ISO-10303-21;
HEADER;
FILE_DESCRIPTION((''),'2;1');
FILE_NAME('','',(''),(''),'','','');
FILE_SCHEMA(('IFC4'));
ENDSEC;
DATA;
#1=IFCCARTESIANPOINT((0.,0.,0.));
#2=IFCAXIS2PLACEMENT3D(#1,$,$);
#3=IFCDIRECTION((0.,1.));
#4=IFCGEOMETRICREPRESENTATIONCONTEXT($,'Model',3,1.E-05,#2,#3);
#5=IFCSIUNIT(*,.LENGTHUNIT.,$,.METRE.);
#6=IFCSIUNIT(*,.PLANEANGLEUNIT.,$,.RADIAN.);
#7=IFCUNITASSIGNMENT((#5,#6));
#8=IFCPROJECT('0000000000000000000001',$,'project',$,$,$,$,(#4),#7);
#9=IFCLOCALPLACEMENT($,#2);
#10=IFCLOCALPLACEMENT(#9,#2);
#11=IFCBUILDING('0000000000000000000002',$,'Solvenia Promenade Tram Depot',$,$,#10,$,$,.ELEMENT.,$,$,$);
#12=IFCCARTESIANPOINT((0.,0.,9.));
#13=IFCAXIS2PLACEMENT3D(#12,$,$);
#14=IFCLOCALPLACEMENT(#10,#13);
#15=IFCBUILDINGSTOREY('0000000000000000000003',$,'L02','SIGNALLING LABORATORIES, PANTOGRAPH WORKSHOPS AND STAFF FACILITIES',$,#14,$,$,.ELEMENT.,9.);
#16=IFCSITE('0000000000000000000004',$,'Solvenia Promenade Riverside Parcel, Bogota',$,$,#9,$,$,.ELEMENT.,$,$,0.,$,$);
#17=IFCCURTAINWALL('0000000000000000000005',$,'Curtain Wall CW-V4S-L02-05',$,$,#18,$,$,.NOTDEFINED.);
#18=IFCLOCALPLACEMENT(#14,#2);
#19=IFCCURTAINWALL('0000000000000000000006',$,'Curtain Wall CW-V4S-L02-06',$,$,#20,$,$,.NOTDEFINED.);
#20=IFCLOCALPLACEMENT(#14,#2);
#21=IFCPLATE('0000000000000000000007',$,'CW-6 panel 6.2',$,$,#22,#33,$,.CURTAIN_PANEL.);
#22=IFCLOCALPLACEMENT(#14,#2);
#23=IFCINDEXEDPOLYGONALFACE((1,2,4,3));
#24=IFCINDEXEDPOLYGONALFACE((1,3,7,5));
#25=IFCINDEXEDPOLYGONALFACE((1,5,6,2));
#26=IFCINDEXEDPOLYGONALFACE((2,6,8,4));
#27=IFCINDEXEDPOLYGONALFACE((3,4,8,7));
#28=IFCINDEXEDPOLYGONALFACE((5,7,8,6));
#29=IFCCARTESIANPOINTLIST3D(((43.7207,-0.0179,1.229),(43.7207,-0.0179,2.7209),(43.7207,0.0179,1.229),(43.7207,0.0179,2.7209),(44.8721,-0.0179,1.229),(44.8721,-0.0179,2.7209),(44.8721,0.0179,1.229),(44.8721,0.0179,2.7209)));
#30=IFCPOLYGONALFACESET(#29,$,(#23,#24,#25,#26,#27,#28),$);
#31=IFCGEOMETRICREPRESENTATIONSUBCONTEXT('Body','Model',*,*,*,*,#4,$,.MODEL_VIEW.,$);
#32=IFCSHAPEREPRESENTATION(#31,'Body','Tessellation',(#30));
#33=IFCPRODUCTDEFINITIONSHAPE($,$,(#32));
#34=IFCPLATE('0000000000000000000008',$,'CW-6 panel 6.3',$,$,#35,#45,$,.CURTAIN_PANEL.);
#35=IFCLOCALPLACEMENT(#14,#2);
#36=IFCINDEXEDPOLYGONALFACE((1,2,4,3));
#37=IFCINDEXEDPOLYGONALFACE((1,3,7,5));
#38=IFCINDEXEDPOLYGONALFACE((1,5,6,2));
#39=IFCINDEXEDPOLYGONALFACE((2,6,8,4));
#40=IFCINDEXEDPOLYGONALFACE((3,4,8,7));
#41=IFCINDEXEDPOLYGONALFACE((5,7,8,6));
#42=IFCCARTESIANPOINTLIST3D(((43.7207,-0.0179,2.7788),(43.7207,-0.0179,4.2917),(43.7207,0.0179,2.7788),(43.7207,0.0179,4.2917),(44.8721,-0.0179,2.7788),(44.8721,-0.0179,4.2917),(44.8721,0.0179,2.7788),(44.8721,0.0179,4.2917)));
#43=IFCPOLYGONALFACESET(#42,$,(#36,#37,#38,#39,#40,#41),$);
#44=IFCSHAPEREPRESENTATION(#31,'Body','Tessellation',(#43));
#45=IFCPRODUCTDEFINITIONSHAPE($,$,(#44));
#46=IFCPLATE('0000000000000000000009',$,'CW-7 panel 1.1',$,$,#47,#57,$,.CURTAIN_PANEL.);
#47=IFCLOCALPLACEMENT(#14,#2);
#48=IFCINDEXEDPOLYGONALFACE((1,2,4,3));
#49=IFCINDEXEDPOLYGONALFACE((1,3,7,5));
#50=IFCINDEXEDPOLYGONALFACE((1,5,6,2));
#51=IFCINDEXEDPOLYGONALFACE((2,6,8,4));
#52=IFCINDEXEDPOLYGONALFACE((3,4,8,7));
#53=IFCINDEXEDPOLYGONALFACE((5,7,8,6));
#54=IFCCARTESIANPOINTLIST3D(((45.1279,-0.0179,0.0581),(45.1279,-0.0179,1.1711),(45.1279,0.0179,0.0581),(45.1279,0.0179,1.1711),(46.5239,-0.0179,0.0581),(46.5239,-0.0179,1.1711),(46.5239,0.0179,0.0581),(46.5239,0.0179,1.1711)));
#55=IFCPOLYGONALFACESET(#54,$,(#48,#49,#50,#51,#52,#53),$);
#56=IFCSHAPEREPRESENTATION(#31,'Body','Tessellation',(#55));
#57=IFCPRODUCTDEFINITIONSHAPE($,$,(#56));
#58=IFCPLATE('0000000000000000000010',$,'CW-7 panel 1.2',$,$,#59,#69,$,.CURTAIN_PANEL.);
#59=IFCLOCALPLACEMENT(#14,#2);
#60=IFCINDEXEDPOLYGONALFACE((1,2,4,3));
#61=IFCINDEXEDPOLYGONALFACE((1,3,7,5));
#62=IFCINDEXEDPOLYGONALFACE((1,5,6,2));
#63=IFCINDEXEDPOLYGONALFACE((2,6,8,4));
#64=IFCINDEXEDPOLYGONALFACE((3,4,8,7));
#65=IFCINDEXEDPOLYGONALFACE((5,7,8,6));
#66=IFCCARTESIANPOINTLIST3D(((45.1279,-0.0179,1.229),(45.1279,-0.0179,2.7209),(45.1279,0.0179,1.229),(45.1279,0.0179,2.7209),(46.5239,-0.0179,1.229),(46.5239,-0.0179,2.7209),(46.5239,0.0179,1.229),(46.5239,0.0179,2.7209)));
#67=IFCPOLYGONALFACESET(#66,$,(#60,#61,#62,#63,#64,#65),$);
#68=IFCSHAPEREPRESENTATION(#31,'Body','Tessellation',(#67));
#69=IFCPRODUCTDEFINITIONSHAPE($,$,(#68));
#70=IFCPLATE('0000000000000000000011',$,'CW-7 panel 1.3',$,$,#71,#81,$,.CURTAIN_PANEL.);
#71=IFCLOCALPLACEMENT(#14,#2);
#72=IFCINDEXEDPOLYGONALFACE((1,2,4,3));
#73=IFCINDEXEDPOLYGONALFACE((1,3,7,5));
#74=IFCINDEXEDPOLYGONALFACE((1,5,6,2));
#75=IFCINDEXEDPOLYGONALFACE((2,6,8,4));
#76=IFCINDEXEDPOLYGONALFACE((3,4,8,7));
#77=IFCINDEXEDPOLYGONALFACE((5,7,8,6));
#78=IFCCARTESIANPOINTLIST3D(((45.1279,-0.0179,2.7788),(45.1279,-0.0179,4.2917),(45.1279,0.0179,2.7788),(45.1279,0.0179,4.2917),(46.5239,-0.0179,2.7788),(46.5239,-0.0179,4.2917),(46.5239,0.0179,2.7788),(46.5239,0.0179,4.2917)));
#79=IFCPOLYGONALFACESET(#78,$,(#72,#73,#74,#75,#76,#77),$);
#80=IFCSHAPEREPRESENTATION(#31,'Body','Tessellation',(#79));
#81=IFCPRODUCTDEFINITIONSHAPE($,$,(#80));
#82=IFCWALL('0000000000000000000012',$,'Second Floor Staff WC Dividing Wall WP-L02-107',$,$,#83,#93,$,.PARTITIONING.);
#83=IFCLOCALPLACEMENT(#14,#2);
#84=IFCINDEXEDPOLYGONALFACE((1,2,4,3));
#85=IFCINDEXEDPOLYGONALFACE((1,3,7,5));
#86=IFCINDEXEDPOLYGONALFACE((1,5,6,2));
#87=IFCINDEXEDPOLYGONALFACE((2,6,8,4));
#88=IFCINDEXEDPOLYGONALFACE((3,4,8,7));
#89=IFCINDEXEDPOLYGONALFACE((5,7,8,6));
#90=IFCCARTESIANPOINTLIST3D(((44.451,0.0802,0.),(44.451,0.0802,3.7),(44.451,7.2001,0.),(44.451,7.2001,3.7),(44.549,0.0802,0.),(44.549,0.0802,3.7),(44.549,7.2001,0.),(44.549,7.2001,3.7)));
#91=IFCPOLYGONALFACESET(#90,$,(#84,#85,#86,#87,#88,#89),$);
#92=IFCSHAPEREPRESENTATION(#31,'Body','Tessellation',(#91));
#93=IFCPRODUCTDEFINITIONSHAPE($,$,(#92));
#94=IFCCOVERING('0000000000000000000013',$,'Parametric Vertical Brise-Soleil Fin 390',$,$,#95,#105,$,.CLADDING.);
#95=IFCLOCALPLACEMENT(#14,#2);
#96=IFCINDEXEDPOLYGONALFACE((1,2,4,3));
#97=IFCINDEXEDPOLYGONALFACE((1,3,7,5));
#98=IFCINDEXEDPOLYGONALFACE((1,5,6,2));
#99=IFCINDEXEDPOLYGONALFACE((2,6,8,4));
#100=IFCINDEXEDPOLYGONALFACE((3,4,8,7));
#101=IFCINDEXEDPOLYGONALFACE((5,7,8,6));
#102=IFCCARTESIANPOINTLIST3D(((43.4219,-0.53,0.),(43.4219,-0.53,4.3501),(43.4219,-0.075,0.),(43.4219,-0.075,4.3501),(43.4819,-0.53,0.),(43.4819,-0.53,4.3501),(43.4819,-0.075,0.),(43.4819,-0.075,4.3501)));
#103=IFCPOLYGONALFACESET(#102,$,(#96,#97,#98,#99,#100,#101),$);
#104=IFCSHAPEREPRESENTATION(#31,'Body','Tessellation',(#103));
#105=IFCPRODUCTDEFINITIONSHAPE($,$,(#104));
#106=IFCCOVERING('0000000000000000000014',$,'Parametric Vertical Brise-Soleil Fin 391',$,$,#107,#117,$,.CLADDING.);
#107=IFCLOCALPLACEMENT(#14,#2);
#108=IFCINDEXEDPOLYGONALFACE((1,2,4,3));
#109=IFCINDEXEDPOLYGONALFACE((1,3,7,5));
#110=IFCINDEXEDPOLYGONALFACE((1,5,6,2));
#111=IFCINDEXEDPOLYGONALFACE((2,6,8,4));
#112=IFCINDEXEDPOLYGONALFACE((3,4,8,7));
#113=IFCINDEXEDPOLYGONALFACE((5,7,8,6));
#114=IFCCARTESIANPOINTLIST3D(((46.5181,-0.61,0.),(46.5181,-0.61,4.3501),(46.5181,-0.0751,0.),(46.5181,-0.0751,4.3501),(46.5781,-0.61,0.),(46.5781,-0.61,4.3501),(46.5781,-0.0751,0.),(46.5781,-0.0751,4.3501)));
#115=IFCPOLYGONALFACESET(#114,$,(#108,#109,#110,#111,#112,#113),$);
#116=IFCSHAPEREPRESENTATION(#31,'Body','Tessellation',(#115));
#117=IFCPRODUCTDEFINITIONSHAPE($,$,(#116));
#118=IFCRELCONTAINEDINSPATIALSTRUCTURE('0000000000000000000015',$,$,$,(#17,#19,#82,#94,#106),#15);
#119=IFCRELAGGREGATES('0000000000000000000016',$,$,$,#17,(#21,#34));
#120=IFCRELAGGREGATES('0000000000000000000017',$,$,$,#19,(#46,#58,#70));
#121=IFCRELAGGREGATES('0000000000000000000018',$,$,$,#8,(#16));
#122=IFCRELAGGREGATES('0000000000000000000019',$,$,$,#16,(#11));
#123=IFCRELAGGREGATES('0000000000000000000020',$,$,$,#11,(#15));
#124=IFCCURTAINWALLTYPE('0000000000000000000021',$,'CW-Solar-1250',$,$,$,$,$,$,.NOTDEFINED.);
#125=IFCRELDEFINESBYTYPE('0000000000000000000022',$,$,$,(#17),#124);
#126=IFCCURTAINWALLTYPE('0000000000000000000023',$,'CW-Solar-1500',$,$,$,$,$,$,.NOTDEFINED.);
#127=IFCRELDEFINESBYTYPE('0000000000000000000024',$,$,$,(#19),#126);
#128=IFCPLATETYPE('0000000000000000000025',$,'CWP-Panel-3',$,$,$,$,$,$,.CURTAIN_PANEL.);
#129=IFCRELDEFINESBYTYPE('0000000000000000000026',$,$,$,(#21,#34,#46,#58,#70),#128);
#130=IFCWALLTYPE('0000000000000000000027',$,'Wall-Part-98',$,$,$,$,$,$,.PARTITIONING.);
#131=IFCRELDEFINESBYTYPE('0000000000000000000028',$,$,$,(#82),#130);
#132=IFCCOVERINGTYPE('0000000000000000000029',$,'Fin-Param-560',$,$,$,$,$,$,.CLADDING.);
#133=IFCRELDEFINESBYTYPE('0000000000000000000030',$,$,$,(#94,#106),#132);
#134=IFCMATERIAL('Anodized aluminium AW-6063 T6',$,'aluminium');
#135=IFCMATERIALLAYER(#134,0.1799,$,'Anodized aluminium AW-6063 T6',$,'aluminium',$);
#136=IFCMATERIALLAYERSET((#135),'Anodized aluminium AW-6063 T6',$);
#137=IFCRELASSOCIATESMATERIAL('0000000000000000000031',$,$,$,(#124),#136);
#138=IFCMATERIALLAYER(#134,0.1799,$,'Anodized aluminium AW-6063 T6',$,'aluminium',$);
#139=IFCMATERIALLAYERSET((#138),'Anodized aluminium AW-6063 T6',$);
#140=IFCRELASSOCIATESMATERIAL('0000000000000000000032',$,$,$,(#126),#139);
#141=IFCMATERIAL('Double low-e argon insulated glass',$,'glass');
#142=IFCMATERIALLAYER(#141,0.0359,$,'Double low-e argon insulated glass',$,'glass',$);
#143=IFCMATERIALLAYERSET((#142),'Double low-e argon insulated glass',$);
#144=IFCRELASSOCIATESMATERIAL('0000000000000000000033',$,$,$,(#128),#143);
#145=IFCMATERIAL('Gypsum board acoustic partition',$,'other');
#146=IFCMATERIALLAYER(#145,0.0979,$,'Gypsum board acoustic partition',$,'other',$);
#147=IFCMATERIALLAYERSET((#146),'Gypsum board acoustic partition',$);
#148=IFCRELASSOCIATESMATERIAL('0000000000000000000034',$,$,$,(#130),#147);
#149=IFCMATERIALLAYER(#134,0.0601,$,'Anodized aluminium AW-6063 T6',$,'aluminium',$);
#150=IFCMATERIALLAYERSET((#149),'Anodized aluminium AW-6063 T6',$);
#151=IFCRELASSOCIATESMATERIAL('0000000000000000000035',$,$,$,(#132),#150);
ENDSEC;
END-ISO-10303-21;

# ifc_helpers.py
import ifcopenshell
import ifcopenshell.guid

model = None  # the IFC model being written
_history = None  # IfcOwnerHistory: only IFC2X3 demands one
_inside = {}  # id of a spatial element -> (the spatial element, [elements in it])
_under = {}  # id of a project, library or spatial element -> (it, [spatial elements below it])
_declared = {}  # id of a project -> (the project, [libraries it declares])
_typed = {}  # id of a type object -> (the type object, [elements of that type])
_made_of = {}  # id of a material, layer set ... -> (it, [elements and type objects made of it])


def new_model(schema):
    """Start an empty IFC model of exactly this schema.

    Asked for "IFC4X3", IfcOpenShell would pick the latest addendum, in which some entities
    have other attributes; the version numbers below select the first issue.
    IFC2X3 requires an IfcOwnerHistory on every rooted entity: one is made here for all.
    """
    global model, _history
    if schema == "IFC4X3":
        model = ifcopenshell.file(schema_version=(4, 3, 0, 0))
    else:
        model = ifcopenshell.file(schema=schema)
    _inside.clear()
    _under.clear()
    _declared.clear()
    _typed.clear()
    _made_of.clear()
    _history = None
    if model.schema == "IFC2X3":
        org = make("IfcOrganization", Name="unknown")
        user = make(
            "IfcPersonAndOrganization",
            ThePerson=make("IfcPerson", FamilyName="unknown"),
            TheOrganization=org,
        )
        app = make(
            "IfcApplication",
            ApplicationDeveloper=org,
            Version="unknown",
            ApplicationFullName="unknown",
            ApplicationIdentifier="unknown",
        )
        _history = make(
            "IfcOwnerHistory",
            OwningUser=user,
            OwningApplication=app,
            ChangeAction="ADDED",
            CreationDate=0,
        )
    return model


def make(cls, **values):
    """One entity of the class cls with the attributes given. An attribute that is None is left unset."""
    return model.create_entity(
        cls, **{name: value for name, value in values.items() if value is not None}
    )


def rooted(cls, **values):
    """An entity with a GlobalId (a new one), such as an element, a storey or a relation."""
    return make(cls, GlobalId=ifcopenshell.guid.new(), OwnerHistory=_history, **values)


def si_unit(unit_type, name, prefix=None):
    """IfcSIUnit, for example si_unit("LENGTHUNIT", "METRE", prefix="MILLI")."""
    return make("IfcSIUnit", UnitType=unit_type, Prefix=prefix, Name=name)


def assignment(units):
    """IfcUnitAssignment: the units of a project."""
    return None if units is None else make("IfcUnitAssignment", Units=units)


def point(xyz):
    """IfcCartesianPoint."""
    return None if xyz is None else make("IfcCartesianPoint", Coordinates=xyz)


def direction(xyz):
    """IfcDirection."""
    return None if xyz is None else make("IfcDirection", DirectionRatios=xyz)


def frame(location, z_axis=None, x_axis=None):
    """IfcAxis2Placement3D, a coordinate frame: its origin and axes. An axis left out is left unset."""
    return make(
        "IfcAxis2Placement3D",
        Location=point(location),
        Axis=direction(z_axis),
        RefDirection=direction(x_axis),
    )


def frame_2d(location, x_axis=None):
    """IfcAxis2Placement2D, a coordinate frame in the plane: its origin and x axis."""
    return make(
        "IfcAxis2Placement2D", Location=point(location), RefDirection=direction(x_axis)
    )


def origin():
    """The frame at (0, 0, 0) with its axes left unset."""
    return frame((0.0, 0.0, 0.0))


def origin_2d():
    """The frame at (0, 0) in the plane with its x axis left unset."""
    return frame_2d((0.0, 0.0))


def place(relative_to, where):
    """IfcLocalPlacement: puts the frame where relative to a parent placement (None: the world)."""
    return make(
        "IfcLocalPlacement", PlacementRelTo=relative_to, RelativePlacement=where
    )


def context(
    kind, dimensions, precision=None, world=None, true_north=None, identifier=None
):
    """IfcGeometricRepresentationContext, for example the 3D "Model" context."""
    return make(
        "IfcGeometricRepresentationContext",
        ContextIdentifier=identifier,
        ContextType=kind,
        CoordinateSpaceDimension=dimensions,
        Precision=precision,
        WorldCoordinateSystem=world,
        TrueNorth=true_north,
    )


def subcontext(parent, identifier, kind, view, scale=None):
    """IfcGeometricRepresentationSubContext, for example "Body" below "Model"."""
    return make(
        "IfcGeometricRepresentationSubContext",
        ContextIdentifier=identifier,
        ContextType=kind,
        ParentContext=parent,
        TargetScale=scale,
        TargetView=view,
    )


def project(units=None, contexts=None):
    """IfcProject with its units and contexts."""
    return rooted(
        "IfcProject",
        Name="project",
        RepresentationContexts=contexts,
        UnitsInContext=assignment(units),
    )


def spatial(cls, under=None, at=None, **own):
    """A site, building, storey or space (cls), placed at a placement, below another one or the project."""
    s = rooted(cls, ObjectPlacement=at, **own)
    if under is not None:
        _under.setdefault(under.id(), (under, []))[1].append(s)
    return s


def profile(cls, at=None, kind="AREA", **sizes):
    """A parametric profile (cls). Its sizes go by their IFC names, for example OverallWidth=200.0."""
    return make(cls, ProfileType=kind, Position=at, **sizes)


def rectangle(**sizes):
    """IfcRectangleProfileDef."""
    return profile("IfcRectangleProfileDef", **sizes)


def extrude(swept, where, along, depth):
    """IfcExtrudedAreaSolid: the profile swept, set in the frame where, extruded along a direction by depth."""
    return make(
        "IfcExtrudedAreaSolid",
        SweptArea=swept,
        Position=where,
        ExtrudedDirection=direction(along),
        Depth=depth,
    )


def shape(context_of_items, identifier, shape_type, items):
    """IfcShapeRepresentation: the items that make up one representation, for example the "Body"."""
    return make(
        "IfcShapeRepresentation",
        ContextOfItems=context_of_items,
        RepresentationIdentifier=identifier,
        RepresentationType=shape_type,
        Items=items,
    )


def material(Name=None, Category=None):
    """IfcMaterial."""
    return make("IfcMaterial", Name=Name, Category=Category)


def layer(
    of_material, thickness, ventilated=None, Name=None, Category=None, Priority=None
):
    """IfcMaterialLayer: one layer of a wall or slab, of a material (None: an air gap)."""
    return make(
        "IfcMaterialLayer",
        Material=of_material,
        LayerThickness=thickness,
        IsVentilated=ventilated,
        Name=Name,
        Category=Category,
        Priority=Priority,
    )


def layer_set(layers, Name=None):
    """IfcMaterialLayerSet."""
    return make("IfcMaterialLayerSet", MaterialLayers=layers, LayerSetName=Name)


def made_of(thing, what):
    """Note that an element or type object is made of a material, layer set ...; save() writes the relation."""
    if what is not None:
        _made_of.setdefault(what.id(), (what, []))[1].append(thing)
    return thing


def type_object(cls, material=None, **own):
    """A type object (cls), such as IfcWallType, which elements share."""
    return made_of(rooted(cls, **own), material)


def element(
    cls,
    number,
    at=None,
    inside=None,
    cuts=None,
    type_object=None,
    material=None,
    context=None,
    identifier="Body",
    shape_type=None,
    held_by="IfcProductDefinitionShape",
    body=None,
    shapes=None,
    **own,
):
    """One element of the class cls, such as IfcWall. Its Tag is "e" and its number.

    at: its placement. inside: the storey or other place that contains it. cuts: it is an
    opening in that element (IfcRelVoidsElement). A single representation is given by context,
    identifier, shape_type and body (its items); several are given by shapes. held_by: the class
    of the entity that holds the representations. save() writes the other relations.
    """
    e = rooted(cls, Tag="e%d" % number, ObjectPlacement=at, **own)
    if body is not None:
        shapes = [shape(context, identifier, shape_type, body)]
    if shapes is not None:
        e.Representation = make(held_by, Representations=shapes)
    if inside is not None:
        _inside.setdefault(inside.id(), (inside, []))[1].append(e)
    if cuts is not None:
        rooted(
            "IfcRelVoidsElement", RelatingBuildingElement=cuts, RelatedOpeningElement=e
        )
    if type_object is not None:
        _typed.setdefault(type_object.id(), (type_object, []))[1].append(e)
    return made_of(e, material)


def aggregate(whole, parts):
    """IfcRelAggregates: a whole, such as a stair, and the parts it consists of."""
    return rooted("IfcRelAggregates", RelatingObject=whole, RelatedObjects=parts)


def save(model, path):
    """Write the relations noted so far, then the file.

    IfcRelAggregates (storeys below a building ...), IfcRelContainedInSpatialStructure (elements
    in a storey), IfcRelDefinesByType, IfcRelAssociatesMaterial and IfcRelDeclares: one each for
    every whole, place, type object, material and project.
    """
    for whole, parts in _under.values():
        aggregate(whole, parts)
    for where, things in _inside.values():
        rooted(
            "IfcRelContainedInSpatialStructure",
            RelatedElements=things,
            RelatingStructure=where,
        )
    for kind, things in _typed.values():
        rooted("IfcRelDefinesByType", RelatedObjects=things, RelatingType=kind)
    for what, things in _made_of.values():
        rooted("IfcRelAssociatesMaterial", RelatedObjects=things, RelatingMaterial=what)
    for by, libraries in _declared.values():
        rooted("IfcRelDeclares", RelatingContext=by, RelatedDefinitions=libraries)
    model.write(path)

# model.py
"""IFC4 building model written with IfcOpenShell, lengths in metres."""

from ifc_helpers import new_model, si_unit, direction, frame, frame_2d, origin, origin_2d, place, context, subcontext, project, spatial, rectangle, extrude, material, layer, layer_set, type_object, element, aggregate, save


model = new_model("IFC4")

# Units and contexts
model_context = context("Model", 3, precision=1e-05, world=origin(), true_north=direction((0.0, 1.0)))
body_context = subcontext(model_context, "Body", "Model", "MODEL_VIEW")
ifc_project = project(units=[si_unit("LENGTHUNIT", "METRE"), si_unit("PLANEANGLEUNIT", "RADIAN")], contexts=[model_context])

# Site, building, storey
site_placement = place(None, origin())
site = spatial("IfcSite", under=ifc_project, at=site_placement, Name="Solvenia Promenade Riverside Parcel, Bogota", CompositionType="ELEMENT", RefElevation=0.0)
building_placement = place(site_placement, origin())
building = spatial("IfcBuilding", under=site, at=building_placement, Name="Solvenia Promenade Tram Depot", CompositionType="ELEMENT")
storey_placement = place(building_placement, frame((0.0, 0.0, 9.0)))
storey = spatial("IfcBuildingStorey", under=building, at=storey_placement, Name="L02", Description="SIGNALLING LABORATORIES, PANTOGRAPH WORKSHOPS AND STAFF FACILITIES", CompositionType="ELEMENT", Elevation=9.0)

# Curtain walls
ifc_material_1 = material(Name="Anodized aluminium AW-6063 T6", Category="aluminium")
ifc_layer_1 = layer(ifc_material_1, 0.1799, Name="Anodized aluminium AW-6063 T6", Category="aluminium")
ifc_layer_set_1 = layer_set([ifc_layer_1], Name="Anodized aluminium AW-6063 T6")
curtain_wall_type_1 = type_object("IfcCurtainWallType", Name="CW-Solar-1250", PredefinedType="NOTDEFINED", material=ifc_layer_set_1)
curtain_wall_1_placement = place(storey_placement, origin())
curtain_wall_1 = element("IfcCurtainWall", 1, at=curtain_wall_1_placement, inside=storey, type_object=curtain_wall_type_1, Name="Curtain Wall CW-V4S-L02-05", PredefinedType="NOTDEFINED")
ifc_layer_2 = layer(ifc_material_1, 0.1799, Name="Anodized aluminium AW-6063 T6", Category="aluminium")
ifc_layer_set_2 = layer_set([ifc_layer_2], Name="Anodized aluminium AW-6063 T6")
curtain_wall_type_2 = type_object("IfcCurtainWallType", Name="CW-Solar-1500", PredefinedType="NOTDEFINED", material=ifc_layer_set_2)
curtain_wall_2_placement = place(storey_placement, origin())
curtain_wall_2 = element("IfcCurtainWall", 2, at=curtain_wall_2_placement, inside=storey, type_object=curtain_wall_type_2, Name="Curtain Wall CW-V4S-L02-06", PredefinedType="NOTDEFINED")

# Plates
ifc_material_2 = material(Name="Double low-e argon insulated glass", Category="glass")
ifc_layer_3 = layer(ifc_material_2, 0.0359, Name="Double low-e argon insulated glass", Category="glass")
ifc_layer_set_3 = layer_set([ifc_layer_3], Name="Double low-e argon insulated glass")
plate_type = type_object("IfcPlateType", Name="CWP-Panel-3", PredefinedType="CURTAIN_PANEL", material=ifc_layer_set_3)
plate_1_placement = place(storey_placement, frame((44.2964, 0.0, 1.229), z_axis=(0.0, 0.0, 1.0), x_axis=(1.0, 0.0, 0.0)))
plate_1 = element("IfcPlate", 3, at=plate_1_placement, type_object=plate_type, Name="CW-6 panel 6.2", PredefinedType="CURTAIN_PANEL", context=body_context, shape_type="SweptSolid", body=[
    extrude(rectangle(XDim=1.1514, YDim=0.0359, at=origin_2d()), origin(), (0.0, 0.0, 1.0), 1.4919),
])
plate_2_placement = place(storey_placement, frame((44.2964, 0.0, 2.7788), z_axis=(0.0, 0.0, 1.0), x_axis=(1.0, 0.0, 0.0)))
plate_2 = element("IfcPlate", 4, at=plate_2_placement, type_object=plate_type, Name="CW-6 panel 6.3", PredefinedType="CURTAIN_PANEL", context=body_context, shape_type="SweptSolid", body=[
    extrude(rectangle(XDim=1.1514, YDim=0.0359, at=origin_2d()), origin(), (0.0, 0.0, 1.0), 1.5129),
])
aggregate(curtain_wall_1, [plate_1, plate_2])
plate_3_placement = place(storey_placement, frame((45.8259, 0.0, 0.0581), z_axis=(0.0, 0.0, 1.0), x_axis=(1.0, 0.0, 0.0)))
plate_3 = element("IfcPlate", 5, at=plate_3_placement, type_object=plate_type, Name="CW-7 panel 1.1", PredefinedType="CURTAIN_PANEL", context=body_context, shape_type="SweptSolid", body=[
    extrude(rectangle(XDim=1.396, YDim=0.0359, at=origin_2d()), origin(), (0.0, 0.0, 1.0), 1.113),
])
plate_4_placement = place(storey_placement, frame((45.8259, 0.0, 1.229), z_axis=(0.0, 0.0, 1.0), x_axis=(1.0, 0.0, 0.0)))
plate_4 = element("IfcPlate", 6, at=plate_4_placement, type_object=plate_type, Name="CW-7 panel 1.2", PredefinedType="CURTAIN_PANEL", context=body_context, shape_type="SweptSolid", body=[
    extrude(rectangle(XDim=1.396, YDim=0.0359, at=origin_2d()), origin(), (0.0, 0.0, 1.0), 1.4919),
])
plate_5_placement = place(storey_placement, frame((45.8259, 0.0, 2.7788), z_axis=(0.0, 0.0, 1.0), x_axis=(1.0, 0.0, 0.0)))
plate_5 = element("IfcPlate", 7, at=plate_5_placement, type_object=plate_type, Name="CW-7 panel 1.3", PredefinedType="CURTAIN_PANEL", context=body_context, shape_type="SweptSolid", body=[
    extrude(rectangle(XDim=1.396, YDim=0.0359, at=origin_2d()), origin(), (0.0, 0.0, 1.0), 1.5129),
])
aggregate(curtain_wall_2, [plate_3, plate_4, plate_5])

# Wall
ifc_material_3 = material(Name="Gypsum board acoustic partition", Category="other")
ifc_layer_4 = layer(ifc_material_3, 0.0979, Name="Gypsum board acoustic partition", Category="other")
ifc_layer_set_4 = layer_set([ifc_layer_4], Name="Gypsum board acoustic partition")
wall_type = type_object("IfcWallType", Name="Wall-Part-98", PredefinedType="PARTITIONING", material=ifc_layer_set_4)
wall_placement = place(storey_placement, frame((44.5, 0.0801, 0.0), z_axis=(0.0, 0.0, 1.0), x_axis=(0.0, 1.0, 0.0)))
element("IfcWall", 8, at=wall_placement, inside=storey, type_object=wall_type, Name="Second Floor Staff WC Dividing Wall WP-L02-107", PredefinedType="PARTITIONING", context=body_context, shape_type="SweptSolid", body=[
    extrude(rectangle(XDim=7.1199, YDim=0.0979, at=frame_2d((3.5601, 0.0))), origin(), (0.0, 0.0, 1.0), 3.7),
])

# Coverings
ifc_layer_5 = layer(ifc_material_1, 0.0601, Name="Anodized aluminium AW-6063 T6", Category="aluminium")
ifc_layer_set_5 = layer_set([ifc_layer_5], Name="Anodized aluminium AW-6063 T6")
covering_type = type_object("IfcCoveringType", Name="Fin-Param-560", PredefinedType="CLADDING", material=ifc_layer_set_5)
covering_1_placement = place(storey_placement, frame((43.4519, -0.3025, 0.0), z_axis=(0.0, 0.0, 1.0), x_axis=(1.0, 0.0, 0.0)))
element("IfcCovering", 9, at=covering_1_placement, inside=storey, type_object=covering_type, Name="Parametric Vertical Brise-Soleil Fin 390", PredefinedType="CLADDING", context=body_context, shape_type="SweptSolid", body=[
    extrude(rectangle(XDim=0.0601, YDim=0.4551, at=origin_2d()), origin(), (0.0, 0.0, 1.0), 4.3501),
])
covering_2_placement = place(storey_placement, frame((46.5481, -0.3425, 0.0), z_axis=(0.0, 0.0, 1.0), x_axis=(1.0, 0.0, 0.0)))
element("IfcCovering", 10, at=covering_2_placement, inside=storey, type_object=covering_type, Name="Parametric Vertical Brise-Soleil Fin 391", PredefinedType="CLADDING", context=body_context, shape_type="SweptSolid", body=[
    extrude(rectangle(XDim=0.0601, YDim=0.5349, at=origin_2d()), origin(), (0.0, 0.0, 1.0), 4.3501),
])

save(model, "model.ifc")
